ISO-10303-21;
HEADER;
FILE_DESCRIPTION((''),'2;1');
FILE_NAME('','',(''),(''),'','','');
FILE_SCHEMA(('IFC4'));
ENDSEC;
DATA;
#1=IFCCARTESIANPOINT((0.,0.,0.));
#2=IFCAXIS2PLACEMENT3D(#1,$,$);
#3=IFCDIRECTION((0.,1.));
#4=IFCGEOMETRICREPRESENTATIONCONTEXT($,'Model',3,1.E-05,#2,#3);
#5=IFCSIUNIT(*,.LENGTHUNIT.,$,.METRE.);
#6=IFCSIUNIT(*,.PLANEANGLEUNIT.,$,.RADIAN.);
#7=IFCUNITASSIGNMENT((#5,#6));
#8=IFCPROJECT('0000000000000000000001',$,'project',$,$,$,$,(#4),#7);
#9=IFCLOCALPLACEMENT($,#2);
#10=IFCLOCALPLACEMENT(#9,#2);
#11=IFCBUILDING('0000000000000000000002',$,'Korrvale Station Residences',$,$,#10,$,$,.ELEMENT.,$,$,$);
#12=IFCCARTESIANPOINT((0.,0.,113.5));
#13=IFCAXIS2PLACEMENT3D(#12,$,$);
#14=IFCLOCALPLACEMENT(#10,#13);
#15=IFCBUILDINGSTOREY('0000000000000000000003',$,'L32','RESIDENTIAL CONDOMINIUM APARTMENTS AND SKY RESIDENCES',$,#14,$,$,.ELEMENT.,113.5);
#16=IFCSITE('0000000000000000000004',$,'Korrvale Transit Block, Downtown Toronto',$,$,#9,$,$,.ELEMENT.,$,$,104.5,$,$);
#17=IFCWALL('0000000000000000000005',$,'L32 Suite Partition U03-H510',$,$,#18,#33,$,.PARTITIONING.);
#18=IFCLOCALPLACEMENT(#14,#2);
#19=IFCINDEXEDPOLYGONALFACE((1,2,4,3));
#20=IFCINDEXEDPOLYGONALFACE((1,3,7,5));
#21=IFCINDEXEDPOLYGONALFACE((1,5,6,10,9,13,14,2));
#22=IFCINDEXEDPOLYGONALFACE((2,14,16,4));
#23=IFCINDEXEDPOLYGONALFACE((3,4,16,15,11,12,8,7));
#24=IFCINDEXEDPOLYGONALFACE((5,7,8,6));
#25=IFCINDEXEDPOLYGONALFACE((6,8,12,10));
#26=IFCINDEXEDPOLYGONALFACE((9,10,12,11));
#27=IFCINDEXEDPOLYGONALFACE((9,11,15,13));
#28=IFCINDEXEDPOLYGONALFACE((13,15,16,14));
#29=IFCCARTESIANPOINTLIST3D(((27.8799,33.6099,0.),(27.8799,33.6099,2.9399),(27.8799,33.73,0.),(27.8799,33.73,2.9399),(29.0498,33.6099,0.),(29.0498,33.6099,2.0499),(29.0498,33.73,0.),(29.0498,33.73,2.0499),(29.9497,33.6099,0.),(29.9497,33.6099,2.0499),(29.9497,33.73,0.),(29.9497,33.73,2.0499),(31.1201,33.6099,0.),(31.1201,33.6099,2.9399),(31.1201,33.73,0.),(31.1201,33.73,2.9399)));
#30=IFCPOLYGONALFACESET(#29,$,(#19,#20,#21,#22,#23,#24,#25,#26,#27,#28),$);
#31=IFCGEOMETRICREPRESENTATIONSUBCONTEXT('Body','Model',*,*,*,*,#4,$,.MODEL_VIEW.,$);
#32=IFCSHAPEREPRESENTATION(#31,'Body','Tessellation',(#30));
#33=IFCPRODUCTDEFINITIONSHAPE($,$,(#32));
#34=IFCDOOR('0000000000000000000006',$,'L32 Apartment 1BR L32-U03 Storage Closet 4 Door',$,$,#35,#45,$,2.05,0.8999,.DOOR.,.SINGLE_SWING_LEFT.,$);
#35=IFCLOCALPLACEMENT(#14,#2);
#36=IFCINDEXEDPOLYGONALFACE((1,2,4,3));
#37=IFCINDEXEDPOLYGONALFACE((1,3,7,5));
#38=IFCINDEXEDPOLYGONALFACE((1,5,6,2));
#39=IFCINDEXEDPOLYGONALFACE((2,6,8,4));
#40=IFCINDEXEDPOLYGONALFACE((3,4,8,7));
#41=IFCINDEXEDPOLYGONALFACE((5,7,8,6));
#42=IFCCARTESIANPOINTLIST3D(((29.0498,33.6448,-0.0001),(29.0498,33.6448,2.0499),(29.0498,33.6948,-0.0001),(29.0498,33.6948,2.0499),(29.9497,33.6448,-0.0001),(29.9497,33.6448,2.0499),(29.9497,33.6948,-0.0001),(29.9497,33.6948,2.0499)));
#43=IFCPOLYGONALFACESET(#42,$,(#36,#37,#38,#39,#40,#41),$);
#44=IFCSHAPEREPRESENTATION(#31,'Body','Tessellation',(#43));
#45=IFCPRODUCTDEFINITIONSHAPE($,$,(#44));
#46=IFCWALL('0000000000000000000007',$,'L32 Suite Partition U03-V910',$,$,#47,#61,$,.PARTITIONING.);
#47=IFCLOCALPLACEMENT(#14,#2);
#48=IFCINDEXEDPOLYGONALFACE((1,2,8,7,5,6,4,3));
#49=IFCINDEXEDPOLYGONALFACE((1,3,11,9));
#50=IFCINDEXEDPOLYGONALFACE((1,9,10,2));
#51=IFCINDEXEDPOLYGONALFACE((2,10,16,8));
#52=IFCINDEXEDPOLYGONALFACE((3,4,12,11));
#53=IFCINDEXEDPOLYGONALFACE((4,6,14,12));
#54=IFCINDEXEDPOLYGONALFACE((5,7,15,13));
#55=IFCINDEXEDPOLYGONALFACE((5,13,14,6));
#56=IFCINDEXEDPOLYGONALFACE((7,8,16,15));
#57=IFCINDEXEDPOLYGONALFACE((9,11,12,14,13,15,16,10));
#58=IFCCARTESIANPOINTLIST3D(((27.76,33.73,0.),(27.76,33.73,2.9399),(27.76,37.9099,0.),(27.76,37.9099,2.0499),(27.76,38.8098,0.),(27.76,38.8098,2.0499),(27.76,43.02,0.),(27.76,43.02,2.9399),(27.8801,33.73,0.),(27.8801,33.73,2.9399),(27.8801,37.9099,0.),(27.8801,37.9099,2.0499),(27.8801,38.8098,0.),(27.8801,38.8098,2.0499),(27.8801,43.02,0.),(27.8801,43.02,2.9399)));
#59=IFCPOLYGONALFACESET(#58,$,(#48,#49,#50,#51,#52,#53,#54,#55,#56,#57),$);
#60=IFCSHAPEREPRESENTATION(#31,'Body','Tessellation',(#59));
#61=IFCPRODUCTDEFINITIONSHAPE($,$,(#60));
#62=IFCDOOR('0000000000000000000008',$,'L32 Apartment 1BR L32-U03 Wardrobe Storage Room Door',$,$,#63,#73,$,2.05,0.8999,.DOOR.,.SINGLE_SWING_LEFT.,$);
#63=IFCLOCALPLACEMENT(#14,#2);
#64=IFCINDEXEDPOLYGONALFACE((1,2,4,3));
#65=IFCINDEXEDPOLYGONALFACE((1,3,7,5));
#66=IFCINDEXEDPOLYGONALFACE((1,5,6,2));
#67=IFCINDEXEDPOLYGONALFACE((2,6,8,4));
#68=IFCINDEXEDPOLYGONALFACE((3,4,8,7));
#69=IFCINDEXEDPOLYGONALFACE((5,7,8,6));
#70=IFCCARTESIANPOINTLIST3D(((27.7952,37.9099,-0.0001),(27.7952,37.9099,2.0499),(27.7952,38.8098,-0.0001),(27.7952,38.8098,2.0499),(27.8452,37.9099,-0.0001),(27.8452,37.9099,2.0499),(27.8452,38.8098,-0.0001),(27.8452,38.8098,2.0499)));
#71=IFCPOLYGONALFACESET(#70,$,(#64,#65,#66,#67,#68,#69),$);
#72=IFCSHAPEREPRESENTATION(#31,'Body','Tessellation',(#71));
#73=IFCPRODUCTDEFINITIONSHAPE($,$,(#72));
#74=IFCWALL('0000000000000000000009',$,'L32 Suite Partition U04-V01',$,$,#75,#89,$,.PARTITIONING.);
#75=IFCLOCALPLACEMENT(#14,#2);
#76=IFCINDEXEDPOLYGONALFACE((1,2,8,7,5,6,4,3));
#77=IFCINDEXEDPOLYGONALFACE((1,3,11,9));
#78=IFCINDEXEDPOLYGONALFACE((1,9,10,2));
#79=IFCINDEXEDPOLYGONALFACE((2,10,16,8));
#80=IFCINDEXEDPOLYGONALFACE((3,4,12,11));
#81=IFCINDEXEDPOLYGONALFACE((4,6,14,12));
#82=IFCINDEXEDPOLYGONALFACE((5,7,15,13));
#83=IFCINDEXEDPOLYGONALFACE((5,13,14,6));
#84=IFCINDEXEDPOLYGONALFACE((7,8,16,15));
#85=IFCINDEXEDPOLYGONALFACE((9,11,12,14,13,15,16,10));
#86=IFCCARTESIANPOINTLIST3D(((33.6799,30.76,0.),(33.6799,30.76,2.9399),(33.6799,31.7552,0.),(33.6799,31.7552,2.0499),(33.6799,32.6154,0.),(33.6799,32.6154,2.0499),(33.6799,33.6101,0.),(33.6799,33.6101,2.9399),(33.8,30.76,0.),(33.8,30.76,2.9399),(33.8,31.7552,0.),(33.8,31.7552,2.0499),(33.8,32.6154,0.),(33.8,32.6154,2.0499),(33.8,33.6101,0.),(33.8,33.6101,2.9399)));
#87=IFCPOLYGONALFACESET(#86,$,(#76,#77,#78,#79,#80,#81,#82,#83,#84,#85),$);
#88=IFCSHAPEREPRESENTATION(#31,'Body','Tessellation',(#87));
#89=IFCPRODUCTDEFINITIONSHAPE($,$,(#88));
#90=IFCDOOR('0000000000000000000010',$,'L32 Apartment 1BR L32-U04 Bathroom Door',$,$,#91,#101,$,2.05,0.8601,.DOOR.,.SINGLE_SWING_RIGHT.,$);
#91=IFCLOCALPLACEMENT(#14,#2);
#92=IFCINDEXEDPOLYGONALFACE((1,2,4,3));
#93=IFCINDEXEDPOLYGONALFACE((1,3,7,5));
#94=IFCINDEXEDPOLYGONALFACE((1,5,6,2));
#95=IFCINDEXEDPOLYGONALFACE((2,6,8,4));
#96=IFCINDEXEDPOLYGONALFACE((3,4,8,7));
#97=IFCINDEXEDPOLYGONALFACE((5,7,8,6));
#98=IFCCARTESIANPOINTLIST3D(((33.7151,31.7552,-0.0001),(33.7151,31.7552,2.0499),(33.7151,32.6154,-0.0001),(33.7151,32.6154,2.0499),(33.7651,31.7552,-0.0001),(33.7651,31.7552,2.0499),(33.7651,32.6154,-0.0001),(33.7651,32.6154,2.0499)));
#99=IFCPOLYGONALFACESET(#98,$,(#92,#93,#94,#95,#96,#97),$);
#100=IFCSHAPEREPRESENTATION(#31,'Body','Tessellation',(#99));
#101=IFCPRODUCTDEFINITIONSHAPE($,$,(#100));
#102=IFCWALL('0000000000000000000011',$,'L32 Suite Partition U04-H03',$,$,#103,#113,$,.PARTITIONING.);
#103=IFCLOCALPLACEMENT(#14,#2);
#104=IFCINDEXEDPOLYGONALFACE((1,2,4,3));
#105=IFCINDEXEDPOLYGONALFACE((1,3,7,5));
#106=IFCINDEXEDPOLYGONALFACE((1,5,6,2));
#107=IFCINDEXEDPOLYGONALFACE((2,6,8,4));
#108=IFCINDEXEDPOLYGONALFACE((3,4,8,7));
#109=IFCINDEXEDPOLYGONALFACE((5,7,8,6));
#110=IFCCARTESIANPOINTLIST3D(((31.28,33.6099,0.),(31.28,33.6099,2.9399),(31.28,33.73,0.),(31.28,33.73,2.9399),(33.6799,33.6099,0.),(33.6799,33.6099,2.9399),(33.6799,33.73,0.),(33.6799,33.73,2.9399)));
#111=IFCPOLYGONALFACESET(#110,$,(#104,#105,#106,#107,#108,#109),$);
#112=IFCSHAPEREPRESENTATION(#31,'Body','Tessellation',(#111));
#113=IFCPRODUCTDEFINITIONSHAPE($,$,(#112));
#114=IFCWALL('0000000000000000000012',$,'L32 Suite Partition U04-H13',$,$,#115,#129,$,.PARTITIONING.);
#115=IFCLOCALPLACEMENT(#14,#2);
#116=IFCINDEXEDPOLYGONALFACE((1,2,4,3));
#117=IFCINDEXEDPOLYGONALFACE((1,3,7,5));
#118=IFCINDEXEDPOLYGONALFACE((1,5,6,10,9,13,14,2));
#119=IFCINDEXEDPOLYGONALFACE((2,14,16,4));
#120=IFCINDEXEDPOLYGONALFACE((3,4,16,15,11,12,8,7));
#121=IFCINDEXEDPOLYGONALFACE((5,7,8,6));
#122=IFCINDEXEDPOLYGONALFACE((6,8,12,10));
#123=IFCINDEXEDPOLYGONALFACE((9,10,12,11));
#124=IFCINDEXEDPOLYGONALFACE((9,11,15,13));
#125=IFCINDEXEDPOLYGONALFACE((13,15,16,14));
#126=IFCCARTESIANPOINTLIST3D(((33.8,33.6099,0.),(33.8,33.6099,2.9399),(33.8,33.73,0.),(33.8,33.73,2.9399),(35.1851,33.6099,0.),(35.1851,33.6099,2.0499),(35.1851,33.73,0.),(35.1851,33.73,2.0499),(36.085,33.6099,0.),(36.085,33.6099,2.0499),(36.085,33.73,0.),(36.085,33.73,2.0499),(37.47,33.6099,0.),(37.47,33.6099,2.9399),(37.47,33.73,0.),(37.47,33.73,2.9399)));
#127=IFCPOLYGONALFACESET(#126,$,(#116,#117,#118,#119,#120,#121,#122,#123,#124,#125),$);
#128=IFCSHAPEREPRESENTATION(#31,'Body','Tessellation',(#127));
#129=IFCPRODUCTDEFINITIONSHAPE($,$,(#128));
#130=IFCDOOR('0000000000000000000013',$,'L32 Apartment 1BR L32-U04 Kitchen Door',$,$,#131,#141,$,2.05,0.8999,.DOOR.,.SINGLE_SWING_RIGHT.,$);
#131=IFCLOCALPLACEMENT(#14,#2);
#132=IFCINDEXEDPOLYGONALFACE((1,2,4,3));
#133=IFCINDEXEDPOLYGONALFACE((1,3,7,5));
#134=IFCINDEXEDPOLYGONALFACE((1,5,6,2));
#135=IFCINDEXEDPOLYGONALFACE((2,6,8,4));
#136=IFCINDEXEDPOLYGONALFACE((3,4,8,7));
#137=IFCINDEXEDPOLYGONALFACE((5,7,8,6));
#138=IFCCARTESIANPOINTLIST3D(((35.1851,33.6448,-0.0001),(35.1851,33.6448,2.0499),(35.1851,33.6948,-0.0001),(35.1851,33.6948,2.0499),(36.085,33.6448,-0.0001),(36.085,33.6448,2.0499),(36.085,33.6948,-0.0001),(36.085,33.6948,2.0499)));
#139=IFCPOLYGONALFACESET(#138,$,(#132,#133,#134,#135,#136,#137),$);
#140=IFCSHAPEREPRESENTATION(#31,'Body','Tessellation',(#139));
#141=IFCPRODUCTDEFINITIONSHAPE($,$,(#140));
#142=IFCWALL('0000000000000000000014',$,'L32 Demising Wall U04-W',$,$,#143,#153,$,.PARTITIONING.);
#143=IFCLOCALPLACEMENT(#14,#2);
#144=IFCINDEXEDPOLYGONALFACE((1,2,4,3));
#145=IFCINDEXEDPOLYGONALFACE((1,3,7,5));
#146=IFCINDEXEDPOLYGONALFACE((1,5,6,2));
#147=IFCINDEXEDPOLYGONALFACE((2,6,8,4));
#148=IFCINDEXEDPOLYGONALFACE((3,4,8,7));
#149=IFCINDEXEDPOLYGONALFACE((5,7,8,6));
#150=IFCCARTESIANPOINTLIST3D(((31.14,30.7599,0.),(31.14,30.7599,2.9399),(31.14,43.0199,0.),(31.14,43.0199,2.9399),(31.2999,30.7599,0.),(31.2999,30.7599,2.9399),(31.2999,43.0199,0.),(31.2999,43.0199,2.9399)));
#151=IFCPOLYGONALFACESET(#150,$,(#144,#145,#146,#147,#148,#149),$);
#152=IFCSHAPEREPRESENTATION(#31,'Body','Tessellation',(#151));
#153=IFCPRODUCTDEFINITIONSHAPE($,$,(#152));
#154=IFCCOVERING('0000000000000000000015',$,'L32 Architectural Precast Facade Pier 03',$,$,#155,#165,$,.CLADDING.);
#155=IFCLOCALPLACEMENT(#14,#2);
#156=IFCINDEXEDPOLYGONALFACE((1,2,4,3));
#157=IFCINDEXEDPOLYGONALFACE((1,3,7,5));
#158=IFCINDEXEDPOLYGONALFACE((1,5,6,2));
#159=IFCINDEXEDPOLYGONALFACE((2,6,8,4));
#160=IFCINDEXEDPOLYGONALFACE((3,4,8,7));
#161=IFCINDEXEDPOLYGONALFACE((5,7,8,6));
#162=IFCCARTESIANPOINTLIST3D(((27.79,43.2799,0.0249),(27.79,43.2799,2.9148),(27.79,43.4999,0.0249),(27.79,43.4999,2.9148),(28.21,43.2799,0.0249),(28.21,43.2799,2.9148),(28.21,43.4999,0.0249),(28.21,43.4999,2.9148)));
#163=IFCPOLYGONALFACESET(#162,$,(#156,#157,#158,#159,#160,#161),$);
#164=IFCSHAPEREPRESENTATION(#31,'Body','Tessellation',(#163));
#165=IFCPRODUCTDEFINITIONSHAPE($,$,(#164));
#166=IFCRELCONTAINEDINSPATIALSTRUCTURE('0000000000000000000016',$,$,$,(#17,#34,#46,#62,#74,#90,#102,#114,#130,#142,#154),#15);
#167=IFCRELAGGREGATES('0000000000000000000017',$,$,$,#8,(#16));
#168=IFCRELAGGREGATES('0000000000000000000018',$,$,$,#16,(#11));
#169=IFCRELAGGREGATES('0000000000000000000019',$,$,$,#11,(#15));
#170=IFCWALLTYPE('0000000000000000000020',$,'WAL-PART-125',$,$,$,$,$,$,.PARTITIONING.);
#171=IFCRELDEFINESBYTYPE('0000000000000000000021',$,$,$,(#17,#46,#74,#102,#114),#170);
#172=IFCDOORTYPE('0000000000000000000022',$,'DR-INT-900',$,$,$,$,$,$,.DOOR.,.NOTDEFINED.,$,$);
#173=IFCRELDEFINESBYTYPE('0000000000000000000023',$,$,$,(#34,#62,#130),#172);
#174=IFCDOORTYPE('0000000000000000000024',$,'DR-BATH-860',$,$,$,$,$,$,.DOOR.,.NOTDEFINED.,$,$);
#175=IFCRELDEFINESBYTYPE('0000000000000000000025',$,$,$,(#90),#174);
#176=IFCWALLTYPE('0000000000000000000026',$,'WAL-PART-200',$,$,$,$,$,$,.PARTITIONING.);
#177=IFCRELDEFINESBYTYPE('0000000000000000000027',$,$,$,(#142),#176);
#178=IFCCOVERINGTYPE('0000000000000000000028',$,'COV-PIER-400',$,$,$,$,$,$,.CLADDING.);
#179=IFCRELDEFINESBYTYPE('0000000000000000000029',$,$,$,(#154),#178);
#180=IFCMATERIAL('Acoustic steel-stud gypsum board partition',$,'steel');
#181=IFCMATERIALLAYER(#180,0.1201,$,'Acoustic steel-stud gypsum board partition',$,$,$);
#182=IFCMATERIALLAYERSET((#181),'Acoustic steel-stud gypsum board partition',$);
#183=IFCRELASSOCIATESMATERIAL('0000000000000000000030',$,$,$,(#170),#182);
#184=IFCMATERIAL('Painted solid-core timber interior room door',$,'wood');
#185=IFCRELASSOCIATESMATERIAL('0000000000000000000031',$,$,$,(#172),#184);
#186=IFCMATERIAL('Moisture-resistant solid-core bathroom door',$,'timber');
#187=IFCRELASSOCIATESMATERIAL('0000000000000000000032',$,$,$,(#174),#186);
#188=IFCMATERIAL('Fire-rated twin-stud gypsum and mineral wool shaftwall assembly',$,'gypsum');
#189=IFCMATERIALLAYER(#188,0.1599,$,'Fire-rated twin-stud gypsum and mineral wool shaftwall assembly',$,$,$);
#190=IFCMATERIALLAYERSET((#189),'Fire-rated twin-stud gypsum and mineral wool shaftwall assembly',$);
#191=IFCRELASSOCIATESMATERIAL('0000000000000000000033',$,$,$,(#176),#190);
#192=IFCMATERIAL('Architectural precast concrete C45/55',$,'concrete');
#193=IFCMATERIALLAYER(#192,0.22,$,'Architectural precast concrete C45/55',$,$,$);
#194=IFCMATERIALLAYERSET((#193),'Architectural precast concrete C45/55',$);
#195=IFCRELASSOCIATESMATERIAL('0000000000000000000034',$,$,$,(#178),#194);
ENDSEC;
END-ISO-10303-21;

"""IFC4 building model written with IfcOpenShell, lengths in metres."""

from ifc_helpers import new_model, si_unit, direction, frame, frame_2d, origin, origin_2d, place, context, subcontext, project, spatial, rectangle, extrude, material, layer, layer_set, type_object, element, fill, save


model = new_model("IFC4")

# Units and contexts
model_context = context("Model", 3, precision=1e-05, world=origin(), true_north=direction((0.0, 1.0)))
body_context = subcontext(model_context, "Body", "Model", "MODEL_VIEW")
ifc_project = project(units=[si_unit("LENGTHUNIT", "METRE"), si_unit("PLANEANGLEUNIT", "RADIAN")], contexts=[model_context])

# Site, building, storey
site_placement = place(None, origin())
site = spatial("IfcSite", under=ifc_project, at=site_placement, Name="Korrvale Transit Block, Downtown Toronto", CompositionType="ELEMENT", RefElevation=104.5)
building_placement = place(site_placement, origin())
building = spatial("IfcBuilding", under=site, at=building_placement, Name="Korrvale Station Residences", CompositionType="ELEMENT")
storey_placement = place(building_placement, frame((0.0, 0.0, 113.5)))
storey = spatial("IfcBuildingStorey", under=building, at=storey_placement, Name="L32", Description="RESIDENTIAL CONDOMINIUM APARTMENTS AND SKY RESIDENCES", CompositionType="ELEMENT", Elevation=113.5)

# Walls, openings, doors
ifc_material_1 = material(Name="Acoustic steel-stud gypsum board partition", Category="steel")
ifc_layer_1 = layer(ifc_material_1, 0.1201, Name="Acoustic steel-stud gypsum board partition")
ifc_layer_set_1 = layer_set([ifc_layer_1], Name="Acoustic steel-stud gypsum board partition")
wall_type_1 = type_object("IfcWallType", Name="WAL-PART-125", PredefinedType="PARTITIONING", material=ifc_layer_set_1)
ifc_material_2 = material(Name="Painted solid-core timber interior room door", Category="wood")
door_type_1 = type_object("IfcDoorType", Name="DR-INT-900", OperationType="NOTDEFINED", PredefinedType="DOOR", material=ifc_material_2)
wall_1_placement = place(storey_placement, frame((27.8799, 33.6699, 0.0), z_axis=(0.0, 0.0, 1.0), x_axis=(1.0, 0.0, 0.0)))
wall_1 = element("IfcWall", 1, at=wall_1_placement, inside=storey, type_object=wall_type_1, Name="L32 Suite Partition U03-H510", PredefinedType="PARTITIONING", context=body_context, shape_type="SweptSolid", body=[
    extrude(rectangle(XDim=3.2402, YDim=0.1201, at=frame_2d((1.6201, 0.0))), origin(), (0.0, 0.0, 1.0), 2.9399),
])
opening_1_placement = place(wall_1_placement, frame((1.1699, 0.0, 0.0)))
opening_1 = element("IfcOpeningElement", 2, at=opening_1_placement, cuts=wall_1, PredefinedType="OPENING", context=body_context, shape_type="SweptSolid", body=[
    extrude(rectangle(XDim=0.8999, YDim=2.05, at=frame_2d((0.45, 1.0249))), frame((0.0, 0.0701, 0.0), z_axis=(0.0, -1.0, 0.0), x_axis=(1.0, 0.0, 0.0)), (0.0, 0.0, 1.0), 0.1401),
])
door_1_placement = place(opening_1_placement, origin())
door_1 = element("IfcDoor", 3, at=door_1_placement, inside=storey, type_object=door_type_1, Name="L32 Apartment 1BR L32-U03 Storage Closet 4 Door", OperationType="SINGLE_SWING_LEFT", OverallHeight=2.05, OverallWidth=0.8999, PredefinedType="DOOR", context=body_context, shape_type="SweptSolid", body=[
    extrude(rectangle(XDim=0.8999, YDim=2.05, at=frame_2d((0.45, 1.0249))), frame((0.0, 0.0249, 0.0), z_axis=(0.0, -1.0, 0.0), x_axis=(1.0, 0.0, 0.0)), (0.0, 0.0, 1.0), 0.05),
])
fill(opening_1, door_1)
wall_2_placement = place(storey_placement, frame((27.8201, 33.73, 0.0), z_axis=(0.0, 0.0, 1.0), x_axis=(0.0, 1.0, 0.0)))
wall_2 = element("IfcWall", 4, at=wall_2_placement, inside=storey, type_object=wall_type_1, Name="L32 Suite Partition U03-V910", PredefinedType="PARTITIONING", context=body_context, shape_type="SweptSolid", body=[
    extrude(rectangle(XDim=9.29, YDim=0.1201, at=frame_2d((4.645, 0.0))), origin(), (0.0, 0.0, 1.0), 2.9399),
])
opening_2_placement = place(wall_2_placement, frame((4.1799, 0.0, 0.0)))
opening_2 = element("IfcOpeningElement", 5, at=opening_2_placement, cuts=wall_2, PredefinedType="OPENING", context=body_context, shape_type="SweptSolid", body=[
    extrude(rectangle(XDim=0.8999, YDim=2.05, at=frame_2d((0.45, 1.0249))), frame((0.0, 0.0701, 0.0), z_axis=(0.0, -1.0, 0.0), x_axis=(1.0, 0.0, 0.0)), (0.0, 0.0, 1.0), 0.1401),
])
door_2_placement = place(opening_2_placement, origin())
door_2 = element("IfcDoor", 6, at=door_2_placement, inside=storey, type_object=door_type_1, Name="L32 Apartment 1BR L32-U03 Wardrobe Storage Room Door", OperationType="SINGLE_SWING_LEFT", OverallHeight=2.05, OverallWidth=0.8999, PredefinedType="DOOR", context=body_context, shape_type="SweptSolid", body=[
    extrude(rectangle(XDim=0.8999, YDim=2.05, at=frame_2d((0.45, 1.0249))), frame((0.0, 0.0249, 0.0), z_axis=(0.0, -1.0, 0.0), x_axis=(1.0, 0.0, 0.0)), (0.0, 0.0, 1.0), 0.05),
])
fill(opening_2, door_2)
wall_3_placement = place(storey_placement, frame((33.74, 30.76, 0.0), z_axis=(0.0, 0.0, 1.0), x_axis=(0.0, 1.0, 0.0)))
wall_3 = element("IfcWall", 7, at=wall_3_placement, inside=storey, type_object=wall_type_1, Name="L32 Suite Partition U04-V01", PredefinedType="PARTITIONING", context=body_context, shape_type="SweptSolid", body=[
    extrude(rectangle(XDim=2.8501, YDim=0.1201, at=frame_2d((1.425, 0.0))), origin(), (0.0, 0.0, 1.0), 2.9399),
])
opening_3_placement = place(wall_3_placement, frame((0.9951, 0.0, 0.0)))
opening_3 = element("IfcOpeningElement", 8, at=opening_3_placement, cuts=wall_3, PredefinedType="OPENING", context=body_context, shape_type="SweptSolid", body=[
    extrude(rectangle(XDim=0.8601, YDim=2.05, at=frame_2d((0.4302, 1.0249))), frame((0.0, 0.0701, 0.0), z_axis=(0.0, -1.0, 0.0), x_axis=(1.0, 0.0, 0.0)), (0.0, 0.0, 1.0), 0.1401),
])
ifc_material_3 = material(Name="Moisture-resistant solid-core bathroom door", Category="timber")
door_type_2 = type_object("IfcDoorType", Name="DR-BATH-860", OperationType="NOTDEFINED", PredefinedType="DOOR", material=ifc_material_3)
door_3_placement = place(opening_3_placement, origin())
door_3 = element("IfcDoor", 9, at=door_3_placement, inside=storey, type_object=door_type_2, Name="L32 Apartment 1BR L32-U04 Bathroom Door", OperationType="SINGLE_SWING_RIGHT", OverallHeight=2.05, OverallWidth=0.8601, PredefinedType="DOOR", context=body_context, shape_type="SweptSolid", body=[
    extrude(rectangle(XDim=0.8601, YDim=2.05, at=frame_2d((0.4302, 1.0249))), frame((0.0, 0.0249, 0.0), z_axis=(0.0, -1.0, 0.0), x_axis=(1.0, 0.0, 0.0)), (0.0, 0.0, 1.0), 0.05),
])
fill(opening_3, door_3)

# Wall
wall_4_placement = place(storey_placement, frame((31.28, 33.6699, 0.0), z_axis=(0.0, 0.0, 1.0), x_axis=(1.0, 0.0, 0.0)))
element("IfcWall", 10, at=wall_4_placement, inside=storey, type_object=wall_type_1, Name="L32 Suite Partition U04-H03", PredefinedType="PARTITIONING", context=body_context, shape_type="SweptSolid", body=[
    extrude(rectangle(XDim=2.3999, YDim=0.1201, at=frame_2d((1.2, 0.0))), origin(), (0.0, 0.0, 1.0), 2.9399),
])

# Wall, opening, door
wall_5_placement = place(storey_placement, frame((33.8, 33.6699, 0.0), z_axis=(0.0, 0.0, 1.0), x_axis=(1.0, 0.0, 0.0)))
wall_5 = element("IfcWall", 11, at=wall_5_placement, inside=storey, type_object=wall_type_1, Name="L32 Suite Partition U04-H13", PredefinedType="PARTITIONING", context=body_context, shape_type="SweptSolid", body=[
    extrude(rectangle(XDim=3.6699, YDim=0.1201, at=frame_2d((1.835, 0.0))), origin(), (0.0, 0.0, 1.0), 2.9399),
])
opening_4_placement = place(wall_5_placement, frame((1.385, 0.0, 0.0)))
opening_4 = element("IfcOpeningElement", 12, at=opening_4_placement, cuts=wall_5, PredefinedType="OPENING", context=body_context, shape_type="SweptSolid", body=[
    extrude(rectangle(XDim=0.8999, YDim=2.05, at=frame_2d((0.45, 1.0249))), frame((0.0, 0.0701, 0.0), z_axis=(0.0, -1.0, 0.0), x_axis=(1.0, 0.0, 0.0)), (0.0, 0.0, 1.0), 0.1401),
])
door_4_placement = place(opening_4_placement, origin())
door_4 = element("IfcDoor", 13, at=door_4_placement, inside=storey, type_object=door_type_1, Name="L32 Apartment 1BR L32-U04 Kitchen Door", OperationType="SINGLE_SWING_RIGHT", OverallHeight=2.05, OverallWidth=0.8999, PredefinedType="DOOR", context=body_context, shape_type="SweptSolid", body=[
    extrude(rectangle(XDim=0.8999, YDim=2.05, at=frame_2d((0.45, 1.0249))), frame((0.0, 0.0249, 0.0), z_axis=(0.0, -1.0, 0.0), x_axis=(1.0, 0.0, 0.0)), (0.0, 0.0, 1.0), 0.05),
])
fill(opening_4, door_4)

# Wall
ifc_material_4 = material(Name="Fire-rated twin-stud gypsum and mineral wool shaftwall assembly", Category="gypsum")
ifc_layer_2 = layer(ifc_material_4, 0.1599, Name="Fire-rated twin-stud gypsum and mineral wool shaftwall assembly")
ifc_layer_set_2 = layer_set([ifc_layer_2], Name="Fire-rated twin-stud gypsum and mineral wool shaftwall assembly")
wall_type_2 = type_object("IfcWallType", Name="WAL-PART-200", PredefinedType="PARTITIONING", material=ifc_layer_set_2)
wall_6_placement = place(storey_placement, frame((31.22, 30.76, 0.0), z_axis=(0.0, 0.0, 1.0), x_axis=(0.0, 1.0, 0.0)))
element("IfcWall", 14, at=wall_6_placement, inside=storey, type_object=wall_type_2, Name="L32 Demising Wall U04-W", PredefinedType="PARTITIONING", context=body_context, shape_type="SweptSolid", body=[
    extrude(rectangle(XDim=12.26, YDim=0.1599, at=frame_2d((6.1299, 0.0))), origin(), (0.0, 0.0, 1.0), 2.9399),
])

# Covering
ifc_material_5 = material(Name="Architectural precast concrete C45/55", Category="concrete")
ifc_layer_3 = layer(ifc_material_5, 0.22, Name="Architectural precast concrete C45/55")
ifc_layer_set_3 = layer_set([ifc_layer_3], Name="Architectural precast concrete C45/55")
covering_type = type_object("IfcCoveringType", Name="COV-PIER-400", PredefinedType="CLADDING", material=ifc_layer_set_3)
covering_placement = place(storey_placement, frame((28.0, 43.3899, 0.0249), z_axis=(0.0, 0.0, 1.0), x_axis=(1.0, 0.0, 0.0)))
element("IfcCovering", 15, at=covering_placement, inside=storey, type_object=covering_type, Name="L32 Architectural Precast Facade Pier 03", PredefinedType="CLADDING", context=body_context, shape_type="SweptSolid", body=[
    extrude(rectangle(XDim=0.4199, YDim=0.22, at=origin_2d()), origin(), (0.0, 0.0, 1.0), 2.8899),
])

save(model, "model.ifc")
